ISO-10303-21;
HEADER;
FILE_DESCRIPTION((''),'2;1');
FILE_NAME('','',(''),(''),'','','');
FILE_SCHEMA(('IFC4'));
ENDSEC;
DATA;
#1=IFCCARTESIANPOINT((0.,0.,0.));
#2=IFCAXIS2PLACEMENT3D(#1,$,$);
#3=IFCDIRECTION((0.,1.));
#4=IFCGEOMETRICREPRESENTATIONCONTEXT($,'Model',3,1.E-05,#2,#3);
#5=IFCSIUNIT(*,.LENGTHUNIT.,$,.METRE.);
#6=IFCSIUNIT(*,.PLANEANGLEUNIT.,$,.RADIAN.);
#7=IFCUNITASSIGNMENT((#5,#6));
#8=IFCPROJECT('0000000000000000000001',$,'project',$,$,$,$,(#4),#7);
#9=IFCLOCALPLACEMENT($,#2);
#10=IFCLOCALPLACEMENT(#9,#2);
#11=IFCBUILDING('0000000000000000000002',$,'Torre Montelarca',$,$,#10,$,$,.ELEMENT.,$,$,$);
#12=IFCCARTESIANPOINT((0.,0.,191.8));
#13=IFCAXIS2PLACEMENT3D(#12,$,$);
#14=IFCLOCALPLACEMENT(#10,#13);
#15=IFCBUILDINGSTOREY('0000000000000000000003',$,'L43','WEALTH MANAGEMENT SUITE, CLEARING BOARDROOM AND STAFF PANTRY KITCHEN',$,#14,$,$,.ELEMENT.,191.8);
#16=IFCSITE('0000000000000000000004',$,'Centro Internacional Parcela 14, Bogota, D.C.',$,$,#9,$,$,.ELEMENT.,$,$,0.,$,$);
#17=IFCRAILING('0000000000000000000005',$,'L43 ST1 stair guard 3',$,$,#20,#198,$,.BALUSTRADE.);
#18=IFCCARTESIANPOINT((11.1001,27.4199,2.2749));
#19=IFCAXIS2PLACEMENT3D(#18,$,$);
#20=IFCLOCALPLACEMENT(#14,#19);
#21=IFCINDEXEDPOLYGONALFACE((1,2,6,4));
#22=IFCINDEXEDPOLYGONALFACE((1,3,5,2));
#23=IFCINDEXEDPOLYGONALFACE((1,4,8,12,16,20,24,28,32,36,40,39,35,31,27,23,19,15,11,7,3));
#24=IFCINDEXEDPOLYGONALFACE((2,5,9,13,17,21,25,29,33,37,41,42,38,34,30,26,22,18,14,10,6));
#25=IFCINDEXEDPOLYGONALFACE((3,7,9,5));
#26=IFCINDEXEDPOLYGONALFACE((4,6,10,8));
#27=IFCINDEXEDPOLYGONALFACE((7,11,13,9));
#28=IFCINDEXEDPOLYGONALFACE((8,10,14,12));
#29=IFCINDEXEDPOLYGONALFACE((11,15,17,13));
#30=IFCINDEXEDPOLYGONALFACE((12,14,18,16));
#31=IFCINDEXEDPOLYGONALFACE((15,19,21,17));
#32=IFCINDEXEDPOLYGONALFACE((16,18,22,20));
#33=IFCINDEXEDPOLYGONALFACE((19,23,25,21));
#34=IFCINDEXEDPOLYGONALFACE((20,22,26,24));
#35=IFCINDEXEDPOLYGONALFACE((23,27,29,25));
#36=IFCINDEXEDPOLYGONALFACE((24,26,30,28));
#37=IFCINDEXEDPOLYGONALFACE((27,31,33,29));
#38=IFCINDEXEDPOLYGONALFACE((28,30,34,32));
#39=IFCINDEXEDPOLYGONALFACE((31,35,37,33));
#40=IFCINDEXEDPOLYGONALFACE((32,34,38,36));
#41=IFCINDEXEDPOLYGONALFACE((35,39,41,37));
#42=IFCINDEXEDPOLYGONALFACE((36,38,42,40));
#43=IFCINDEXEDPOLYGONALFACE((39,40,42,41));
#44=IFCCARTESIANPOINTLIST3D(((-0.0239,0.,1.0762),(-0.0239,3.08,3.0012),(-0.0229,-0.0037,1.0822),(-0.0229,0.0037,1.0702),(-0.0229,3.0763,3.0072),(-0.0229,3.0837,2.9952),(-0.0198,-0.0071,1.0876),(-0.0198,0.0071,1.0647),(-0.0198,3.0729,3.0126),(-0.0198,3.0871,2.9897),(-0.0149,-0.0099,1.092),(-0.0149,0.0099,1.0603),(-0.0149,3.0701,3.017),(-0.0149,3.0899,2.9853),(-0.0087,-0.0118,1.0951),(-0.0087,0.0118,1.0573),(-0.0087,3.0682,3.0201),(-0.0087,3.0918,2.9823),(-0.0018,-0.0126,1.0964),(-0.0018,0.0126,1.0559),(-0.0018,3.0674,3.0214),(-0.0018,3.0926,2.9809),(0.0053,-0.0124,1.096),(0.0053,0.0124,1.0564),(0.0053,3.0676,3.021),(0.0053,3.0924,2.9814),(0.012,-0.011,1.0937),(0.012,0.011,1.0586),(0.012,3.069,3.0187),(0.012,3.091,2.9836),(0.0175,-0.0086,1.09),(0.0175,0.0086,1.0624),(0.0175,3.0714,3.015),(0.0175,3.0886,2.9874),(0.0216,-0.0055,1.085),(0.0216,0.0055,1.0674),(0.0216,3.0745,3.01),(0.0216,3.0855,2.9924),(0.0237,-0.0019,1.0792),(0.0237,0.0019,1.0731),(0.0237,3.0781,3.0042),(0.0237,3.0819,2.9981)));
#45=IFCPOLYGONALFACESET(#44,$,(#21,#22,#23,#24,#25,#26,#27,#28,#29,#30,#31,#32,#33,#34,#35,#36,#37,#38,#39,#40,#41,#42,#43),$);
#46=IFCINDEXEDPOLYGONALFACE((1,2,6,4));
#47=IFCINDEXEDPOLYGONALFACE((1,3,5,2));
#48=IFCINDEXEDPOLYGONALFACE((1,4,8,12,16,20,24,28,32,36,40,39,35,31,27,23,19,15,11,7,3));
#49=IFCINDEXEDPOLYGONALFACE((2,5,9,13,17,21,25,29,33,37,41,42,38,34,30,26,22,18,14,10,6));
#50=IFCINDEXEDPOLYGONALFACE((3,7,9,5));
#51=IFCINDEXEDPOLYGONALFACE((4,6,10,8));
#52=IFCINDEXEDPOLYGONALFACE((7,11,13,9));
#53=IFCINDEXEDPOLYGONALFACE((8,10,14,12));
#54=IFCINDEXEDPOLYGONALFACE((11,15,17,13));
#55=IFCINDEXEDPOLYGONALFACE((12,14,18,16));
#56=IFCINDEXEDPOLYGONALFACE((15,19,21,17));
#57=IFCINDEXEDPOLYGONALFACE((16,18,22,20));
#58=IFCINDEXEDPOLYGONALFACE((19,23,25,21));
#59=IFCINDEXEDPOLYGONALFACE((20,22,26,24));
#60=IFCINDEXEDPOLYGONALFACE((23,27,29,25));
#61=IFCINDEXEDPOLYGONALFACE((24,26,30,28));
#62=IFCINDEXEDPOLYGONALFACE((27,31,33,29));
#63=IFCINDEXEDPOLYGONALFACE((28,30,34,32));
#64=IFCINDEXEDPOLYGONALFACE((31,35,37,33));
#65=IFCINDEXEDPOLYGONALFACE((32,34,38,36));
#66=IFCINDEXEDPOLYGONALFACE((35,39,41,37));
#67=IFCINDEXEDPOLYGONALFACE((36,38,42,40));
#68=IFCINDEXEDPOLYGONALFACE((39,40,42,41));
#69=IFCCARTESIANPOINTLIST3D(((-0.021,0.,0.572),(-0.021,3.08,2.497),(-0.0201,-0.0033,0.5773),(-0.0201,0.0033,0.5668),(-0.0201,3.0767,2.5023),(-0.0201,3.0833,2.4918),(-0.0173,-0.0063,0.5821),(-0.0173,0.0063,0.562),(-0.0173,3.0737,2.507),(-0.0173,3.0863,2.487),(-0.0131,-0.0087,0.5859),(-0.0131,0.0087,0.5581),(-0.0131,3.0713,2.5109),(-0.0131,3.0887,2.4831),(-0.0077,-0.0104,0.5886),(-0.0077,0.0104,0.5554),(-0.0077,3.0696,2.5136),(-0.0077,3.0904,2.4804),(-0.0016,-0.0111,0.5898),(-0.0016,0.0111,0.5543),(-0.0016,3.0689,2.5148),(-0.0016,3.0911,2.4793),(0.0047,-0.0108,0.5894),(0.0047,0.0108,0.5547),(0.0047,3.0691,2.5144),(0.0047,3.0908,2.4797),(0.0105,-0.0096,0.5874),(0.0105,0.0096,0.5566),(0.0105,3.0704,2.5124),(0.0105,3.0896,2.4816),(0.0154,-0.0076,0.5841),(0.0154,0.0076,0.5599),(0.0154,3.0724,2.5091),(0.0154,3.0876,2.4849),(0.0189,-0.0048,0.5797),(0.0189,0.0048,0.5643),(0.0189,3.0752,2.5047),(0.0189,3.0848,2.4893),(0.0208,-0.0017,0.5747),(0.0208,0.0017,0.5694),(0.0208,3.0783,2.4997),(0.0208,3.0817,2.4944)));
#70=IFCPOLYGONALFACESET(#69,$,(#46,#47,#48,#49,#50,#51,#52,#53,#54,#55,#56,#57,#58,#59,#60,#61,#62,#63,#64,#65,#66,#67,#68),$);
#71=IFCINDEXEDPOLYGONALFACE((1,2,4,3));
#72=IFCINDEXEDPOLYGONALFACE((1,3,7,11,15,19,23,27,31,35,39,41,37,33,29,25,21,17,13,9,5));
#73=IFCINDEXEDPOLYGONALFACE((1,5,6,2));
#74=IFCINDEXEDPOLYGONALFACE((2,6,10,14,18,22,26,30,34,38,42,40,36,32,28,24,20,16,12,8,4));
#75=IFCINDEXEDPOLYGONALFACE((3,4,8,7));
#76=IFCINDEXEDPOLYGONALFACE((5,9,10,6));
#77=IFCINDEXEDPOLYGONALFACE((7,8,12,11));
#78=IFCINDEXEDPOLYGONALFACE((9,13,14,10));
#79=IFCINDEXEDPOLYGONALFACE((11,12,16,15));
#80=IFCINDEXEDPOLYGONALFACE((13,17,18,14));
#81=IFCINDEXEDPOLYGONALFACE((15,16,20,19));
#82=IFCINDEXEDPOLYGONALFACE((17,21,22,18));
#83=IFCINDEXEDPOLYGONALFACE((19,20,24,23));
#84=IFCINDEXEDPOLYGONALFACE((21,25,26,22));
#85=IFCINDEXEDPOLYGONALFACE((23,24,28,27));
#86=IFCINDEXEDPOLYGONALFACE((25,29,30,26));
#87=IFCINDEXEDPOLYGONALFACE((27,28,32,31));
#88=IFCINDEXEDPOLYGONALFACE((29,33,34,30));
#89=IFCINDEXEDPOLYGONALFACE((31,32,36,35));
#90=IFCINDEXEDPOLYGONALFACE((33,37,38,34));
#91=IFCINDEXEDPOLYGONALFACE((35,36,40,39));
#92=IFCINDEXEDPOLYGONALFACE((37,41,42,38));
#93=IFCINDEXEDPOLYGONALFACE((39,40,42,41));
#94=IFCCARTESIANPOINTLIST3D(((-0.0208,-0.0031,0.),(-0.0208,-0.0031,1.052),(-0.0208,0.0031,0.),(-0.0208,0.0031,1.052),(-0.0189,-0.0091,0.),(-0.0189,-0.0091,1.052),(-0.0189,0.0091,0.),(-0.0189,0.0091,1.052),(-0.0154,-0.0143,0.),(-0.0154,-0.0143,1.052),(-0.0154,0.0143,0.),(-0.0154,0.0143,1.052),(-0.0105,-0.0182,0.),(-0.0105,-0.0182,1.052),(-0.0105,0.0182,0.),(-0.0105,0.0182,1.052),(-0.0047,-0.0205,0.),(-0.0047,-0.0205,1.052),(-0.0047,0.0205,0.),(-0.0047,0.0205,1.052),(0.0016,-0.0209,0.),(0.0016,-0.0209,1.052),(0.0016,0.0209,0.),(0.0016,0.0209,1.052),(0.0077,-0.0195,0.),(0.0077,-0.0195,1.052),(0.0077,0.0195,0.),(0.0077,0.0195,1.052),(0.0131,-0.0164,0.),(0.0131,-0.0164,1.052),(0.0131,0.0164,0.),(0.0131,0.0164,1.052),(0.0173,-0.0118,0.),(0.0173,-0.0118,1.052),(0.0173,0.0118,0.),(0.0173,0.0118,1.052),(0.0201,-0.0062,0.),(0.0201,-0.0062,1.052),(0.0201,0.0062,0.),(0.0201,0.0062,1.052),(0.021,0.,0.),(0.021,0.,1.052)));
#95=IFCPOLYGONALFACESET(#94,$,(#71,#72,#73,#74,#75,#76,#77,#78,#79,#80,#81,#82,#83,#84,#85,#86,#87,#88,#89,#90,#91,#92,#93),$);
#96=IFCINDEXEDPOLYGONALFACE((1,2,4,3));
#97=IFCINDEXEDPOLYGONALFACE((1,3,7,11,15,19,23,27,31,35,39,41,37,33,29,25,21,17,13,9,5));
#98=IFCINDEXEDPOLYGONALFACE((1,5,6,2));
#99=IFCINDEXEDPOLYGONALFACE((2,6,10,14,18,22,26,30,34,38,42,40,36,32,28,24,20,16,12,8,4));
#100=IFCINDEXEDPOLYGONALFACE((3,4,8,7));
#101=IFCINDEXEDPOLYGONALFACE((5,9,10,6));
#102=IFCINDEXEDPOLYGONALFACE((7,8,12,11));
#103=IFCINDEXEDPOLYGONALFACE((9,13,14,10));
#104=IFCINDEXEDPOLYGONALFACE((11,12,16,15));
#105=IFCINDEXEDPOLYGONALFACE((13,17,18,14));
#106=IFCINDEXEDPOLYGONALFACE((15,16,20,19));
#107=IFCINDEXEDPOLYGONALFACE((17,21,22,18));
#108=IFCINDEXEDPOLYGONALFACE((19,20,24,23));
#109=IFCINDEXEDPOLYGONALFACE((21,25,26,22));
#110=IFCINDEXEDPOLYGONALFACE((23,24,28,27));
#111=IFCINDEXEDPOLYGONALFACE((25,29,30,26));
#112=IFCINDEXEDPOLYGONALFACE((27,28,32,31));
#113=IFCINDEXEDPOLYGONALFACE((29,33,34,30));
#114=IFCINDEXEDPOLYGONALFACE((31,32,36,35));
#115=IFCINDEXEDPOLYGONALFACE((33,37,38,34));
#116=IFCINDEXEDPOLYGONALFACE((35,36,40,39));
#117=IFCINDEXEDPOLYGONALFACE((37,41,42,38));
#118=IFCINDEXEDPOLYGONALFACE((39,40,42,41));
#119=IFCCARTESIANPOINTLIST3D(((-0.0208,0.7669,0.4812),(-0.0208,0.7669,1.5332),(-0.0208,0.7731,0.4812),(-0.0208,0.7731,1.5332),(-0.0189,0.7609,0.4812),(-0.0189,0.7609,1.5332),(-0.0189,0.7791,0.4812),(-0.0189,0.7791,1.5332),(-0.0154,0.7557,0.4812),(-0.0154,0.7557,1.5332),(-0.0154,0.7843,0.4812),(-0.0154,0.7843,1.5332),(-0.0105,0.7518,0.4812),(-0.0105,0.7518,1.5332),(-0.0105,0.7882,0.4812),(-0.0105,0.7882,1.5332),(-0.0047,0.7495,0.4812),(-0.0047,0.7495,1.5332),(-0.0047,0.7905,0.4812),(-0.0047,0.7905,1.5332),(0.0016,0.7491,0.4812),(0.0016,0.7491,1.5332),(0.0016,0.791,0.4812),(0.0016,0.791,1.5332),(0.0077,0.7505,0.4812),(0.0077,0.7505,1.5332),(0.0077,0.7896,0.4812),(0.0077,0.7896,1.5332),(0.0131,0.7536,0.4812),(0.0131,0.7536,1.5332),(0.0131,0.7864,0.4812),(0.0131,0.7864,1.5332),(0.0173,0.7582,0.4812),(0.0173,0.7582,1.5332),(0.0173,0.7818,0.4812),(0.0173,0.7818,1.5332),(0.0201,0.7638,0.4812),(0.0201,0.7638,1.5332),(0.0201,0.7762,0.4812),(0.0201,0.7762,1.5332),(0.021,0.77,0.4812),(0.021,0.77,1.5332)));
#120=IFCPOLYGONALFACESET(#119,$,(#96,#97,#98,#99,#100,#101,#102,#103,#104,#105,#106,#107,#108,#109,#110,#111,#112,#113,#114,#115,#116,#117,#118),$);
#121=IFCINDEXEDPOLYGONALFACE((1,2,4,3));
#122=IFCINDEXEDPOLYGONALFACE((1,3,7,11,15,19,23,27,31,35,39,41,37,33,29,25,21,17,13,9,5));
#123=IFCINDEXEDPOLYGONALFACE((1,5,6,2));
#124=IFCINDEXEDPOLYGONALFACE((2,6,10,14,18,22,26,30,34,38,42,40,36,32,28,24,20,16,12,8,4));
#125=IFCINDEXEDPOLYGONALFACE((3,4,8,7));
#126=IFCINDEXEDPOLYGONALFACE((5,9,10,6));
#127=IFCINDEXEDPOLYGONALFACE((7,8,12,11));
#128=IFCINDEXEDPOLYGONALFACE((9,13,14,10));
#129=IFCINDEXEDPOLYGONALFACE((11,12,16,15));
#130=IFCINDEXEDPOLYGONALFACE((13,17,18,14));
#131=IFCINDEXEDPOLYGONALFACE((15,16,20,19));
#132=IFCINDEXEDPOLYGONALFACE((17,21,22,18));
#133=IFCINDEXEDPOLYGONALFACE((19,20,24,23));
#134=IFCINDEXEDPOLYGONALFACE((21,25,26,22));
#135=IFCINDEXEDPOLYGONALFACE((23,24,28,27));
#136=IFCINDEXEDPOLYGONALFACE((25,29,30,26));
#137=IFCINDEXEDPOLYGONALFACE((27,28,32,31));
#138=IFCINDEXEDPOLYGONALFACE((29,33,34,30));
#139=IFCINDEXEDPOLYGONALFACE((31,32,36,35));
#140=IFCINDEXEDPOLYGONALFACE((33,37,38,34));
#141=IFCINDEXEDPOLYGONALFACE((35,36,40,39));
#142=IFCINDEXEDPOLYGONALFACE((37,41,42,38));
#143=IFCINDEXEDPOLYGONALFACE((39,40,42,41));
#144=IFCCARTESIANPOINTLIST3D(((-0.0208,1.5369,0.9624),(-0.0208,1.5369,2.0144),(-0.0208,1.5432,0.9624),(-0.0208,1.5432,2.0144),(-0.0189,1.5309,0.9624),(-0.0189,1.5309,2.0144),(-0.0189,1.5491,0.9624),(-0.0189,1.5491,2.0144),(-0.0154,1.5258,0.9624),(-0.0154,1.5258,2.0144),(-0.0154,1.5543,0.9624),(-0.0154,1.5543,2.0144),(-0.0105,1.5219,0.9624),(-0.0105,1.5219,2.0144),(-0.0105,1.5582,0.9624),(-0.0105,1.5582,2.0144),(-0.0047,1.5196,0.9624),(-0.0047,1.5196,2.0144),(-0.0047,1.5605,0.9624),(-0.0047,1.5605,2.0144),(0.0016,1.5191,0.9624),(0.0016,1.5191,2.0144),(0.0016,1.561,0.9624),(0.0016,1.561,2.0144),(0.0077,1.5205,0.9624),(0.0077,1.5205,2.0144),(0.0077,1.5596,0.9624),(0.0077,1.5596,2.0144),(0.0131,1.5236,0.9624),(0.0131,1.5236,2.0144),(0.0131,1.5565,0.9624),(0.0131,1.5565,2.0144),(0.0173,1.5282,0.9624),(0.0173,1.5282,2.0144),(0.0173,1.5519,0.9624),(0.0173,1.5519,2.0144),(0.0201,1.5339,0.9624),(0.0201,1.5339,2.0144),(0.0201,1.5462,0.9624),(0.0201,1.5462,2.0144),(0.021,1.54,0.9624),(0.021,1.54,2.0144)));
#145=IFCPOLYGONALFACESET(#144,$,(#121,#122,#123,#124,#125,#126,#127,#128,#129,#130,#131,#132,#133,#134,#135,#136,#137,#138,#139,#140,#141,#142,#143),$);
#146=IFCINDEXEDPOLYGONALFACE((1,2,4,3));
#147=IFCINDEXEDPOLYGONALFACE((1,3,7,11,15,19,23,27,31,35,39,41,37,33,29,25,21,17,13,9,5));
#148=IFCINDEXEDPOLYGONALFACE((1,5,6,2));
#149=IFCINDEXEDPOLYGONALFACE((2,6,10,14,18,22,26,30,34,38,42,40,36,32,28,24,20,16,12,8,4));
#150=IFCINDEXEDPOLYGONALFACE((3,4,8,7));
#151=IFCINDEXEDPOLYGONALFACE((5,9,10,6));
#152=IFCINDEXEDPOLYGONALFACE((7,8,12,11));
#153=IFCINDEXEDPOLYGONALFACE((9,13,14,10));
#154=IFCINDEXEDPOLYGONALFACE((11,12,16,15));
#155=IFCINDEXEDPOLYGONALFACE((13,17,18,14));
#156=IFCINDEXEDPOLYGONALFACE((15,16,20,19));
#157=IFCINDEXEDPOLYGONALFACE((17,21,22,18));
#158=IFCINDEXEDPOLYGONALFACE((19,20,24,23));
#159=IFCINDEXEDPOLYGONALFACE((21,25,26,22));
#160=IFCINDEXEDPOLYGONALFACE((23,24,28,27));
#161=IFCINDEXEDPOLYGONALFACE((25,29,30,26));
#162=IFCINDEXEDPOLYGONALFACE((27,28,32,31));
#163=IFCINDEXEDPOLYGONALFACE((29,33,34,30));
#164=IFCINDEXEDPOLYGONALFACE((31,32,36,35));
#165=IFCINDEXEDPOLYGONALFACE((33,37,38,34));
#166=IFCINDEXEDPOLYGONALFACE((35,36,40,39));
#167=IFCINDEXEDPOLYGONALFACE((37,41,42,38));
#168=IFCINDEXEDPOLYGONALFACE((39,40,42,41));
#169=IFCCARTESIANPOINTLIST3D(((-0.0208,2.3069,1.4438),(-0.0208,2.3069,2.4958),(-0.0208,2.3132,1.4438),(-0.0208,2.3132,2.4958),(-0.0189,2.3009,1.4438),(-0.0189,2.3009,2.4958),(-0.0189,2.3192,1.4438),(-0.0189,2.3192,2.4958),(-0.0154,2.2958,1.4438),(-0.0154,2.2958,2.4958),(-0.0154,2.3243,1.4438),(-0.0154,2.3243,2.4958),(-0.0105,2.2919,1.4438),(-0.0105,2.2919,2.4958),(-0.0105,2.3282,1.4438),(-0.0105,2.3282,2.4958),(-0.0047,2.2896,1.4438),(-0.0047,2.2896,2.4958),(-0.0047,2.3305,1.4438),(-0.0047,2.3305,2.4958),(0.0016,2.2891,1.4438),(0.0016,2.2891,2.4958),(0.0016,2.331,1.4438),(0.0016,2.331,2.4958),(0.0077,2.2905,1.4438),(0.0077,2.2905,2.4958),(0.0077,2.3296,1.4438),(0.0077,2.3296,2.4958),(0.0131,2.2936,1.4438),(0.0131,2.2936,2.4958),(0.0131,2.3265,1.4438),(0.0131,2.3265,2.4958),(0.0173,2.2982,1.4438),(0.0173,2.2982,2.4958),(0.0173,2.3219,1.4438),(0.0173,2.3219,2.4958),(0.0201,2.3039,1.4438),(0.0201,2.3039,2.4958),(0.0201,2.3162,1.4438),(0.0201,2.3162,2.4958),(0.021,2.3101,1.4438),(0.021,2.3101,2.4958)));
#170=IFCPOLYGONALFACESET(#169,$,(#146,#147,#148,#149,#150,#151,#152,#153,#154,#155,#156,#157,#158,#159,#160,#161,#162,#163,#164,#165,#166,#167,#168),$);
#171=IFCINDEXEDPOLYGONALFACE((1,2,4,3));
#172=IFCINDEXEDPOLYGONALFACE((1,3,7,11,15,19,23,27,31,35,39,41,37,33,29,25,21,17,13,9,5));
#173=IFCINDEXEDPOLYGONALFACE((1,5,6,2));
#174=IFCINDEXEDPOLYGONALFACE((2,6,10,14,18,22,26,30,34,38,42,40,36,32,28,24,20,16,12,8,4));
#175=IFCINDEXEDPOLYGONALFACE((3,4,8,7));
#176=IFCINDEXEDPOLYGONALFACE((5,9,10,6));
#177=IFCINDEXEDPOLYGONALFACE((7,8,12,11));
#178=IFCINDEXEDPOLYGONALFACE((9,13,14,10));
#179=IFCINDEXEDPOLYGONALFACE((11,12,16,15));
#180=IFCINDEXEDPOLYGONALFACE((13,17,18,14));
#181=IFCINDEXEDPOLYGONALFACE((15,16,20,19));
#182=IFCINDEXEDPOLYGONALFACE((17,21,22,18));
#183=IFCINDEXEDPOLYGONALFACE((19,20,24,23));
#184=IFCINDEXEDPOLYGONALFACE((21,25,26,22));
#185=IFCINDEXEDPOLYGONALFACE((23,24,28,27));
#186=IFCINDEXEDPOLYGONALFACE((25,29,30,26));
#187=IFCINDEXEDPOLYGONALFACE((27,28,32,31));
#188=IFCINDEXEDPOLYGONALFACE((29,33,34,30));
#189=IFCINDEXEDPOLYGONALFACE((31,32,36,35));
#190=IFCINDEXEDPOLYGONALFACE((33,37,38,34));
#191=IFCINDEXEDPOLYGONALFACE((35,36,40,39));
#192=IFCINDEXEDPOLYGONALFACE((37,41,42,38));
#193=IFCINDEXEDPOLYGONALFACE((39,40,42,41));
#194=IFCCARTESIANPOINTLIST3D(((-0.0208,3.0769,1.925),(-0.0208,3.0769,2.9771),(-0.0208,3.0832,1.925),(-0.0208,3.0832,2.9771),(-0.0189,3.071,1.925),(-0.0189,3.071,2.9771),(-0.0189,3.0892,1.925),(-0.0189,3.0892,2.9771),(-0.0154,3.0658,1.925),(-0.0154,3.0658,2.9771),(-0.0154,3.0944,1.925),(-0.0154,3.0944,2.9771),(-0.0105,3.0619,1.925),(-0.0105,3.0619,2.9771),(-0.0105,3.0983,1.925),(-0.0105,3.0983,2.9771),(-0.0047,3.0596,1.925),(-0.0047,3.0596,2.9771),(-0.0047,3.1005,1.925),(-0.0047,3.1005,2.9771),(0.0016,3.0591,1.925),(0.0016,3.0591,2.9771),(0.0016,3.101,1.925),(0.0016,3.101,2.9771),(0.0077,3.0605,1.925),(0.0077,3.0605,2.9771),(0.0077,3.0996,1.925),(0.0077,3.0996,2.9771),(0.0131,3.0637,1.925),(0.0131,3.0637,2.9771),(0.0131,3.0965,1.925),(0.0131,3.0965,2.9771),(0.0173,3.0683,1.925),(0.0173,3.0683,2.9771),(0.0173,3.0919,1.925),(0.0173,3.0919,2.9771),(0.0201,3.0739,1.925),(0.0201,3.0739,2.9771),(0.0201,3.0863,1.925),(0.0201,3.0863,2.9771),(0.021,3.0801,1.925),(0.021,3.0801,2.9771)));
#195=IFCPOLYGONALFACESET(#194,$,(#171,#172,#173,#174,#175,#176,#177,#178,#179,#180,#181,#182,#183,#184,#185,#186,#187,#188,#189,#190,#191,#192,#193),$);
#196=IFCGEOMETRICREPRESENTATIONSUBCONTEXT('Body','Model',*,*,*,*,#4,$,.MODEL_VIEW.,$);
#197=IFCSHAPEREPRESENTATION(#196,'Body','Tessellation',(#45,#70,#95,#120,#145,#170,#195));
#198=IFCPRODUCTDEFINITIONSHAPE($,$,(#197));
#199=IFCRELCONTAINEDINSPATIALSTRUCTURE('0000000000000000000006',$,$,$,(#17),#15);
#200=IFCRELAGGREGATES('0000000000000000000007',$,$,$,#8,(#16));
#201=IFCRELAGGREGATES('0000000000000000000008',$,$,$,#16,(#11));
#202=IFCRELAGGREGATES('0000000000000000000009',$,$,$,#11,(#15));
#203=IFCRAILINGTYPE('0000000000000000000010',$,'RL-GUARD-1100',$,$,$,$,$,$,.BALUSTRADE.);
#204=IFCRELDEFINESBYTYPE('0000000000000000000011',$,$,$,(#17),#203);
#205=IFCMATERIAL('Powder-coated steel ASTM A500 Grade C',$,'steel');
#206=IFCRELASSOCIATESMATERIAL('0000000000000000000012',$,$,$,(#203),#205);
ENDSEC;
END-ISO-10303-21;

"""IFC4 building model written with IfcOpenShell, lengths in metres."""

from ifc_helpers import new_model, si_unit, direction, frame, origin, origin_2d, place, context, subcontext, project, spatial, circle, extrude, material, type_object, element, save


model = new_model("IFC4")

# Units and contexts
model_context = context("Model", 3, precision=1e-05, world=origin(), true_north=direction((0.0, 1.0)))
body_context = subcontext(model_context, "Body", "Model", "MODEL_VIEW")
ifc_project = project(units=[si_unit("LENGTHUNIT", "METRE"), si_unit("PLANEANGLEUNIT", "RADIAN")], contexts=[model_context])

# Site, building, storey
site_placement = place(None, origin())
site = spatial("IfcSite", under=ifc_project, at=site_placement, Name="Centro Internacional Parcela 14, Bogota, D.C.", CompositionType="ELEMENT", RefElevation=0.0)
building_placement = place(site_placement, origin())
building = spatial("IfcBuilding", under=site, at=building_placement, Name="Torre Montelarca", CompositionType="ELEMENT")
storey_placement = place(building_placement, frame((0.0, 0.0, 191.8)))
storey = spatial("IfcBuildingStorey", under=building, at=storey_placement, Name="L43", Description="WEALTH MANAGEMENT SUITE, CLEARING BOARDROOM AND STAFF PANTRY KITCHEN", CompositionType="ELEMENT", Elevation=191.8)

# Railing
ifc_material_1 = material(Name="Powder-coated steel ASTM A500 Grade C", Category="steel")
railing_type_1 = type_object("IfcRailingType", Name="RL-GUARD-1100", PredefinedType="BALUSTRADE", material=ifc_material_1)
railing_1_placement = place(storey_placement, frame((11.1001, 27.4199, 2.2749)))
element("IfcRailing", 1, at=railing_1_placement, inside=storey, type_object=railing_type_1, Name="L43 ST1 stair guard 3", PredefinedType="BALUSTRADE", context=body_context, shape_type="SweptSolid", body=[
    extrude(circle(Radius=0.0239, at=origin_2d()), frame((0.0, 0.0, 1.0762), z_axis=(0.0, 0.847998, 0.529999), x_axis=(-1.0, 0.0, 0.0)), (0.0, 0.0, 1.0), 3.6321),
    extrude(circle(Radius=0.021, at=origin_2d()), frame((0.0, 0.0, 0.572), z_axis=(0.0, 0.847998, 0.529999), x_axis=(-1.0, 0.0, 0.0)), (0.0, 0.0, 1.0), 3.6321),
    extrude(circle(Radius=0.021, at=origin_2d()), origin(), (0.0, 0.0, 1.0), 1.052),
    extrude(circle(Radius=0.021, at=origin_2d()), frame((0.0, 0.77, 0.4812)), (0.0, 0.0, 1.0), 1.052),
    extrude(circle(Radius=0.021, at=origin_2d()), frame((0.0, 1.54, 0.9624)), (0.0, 0.0, 1.0), 1.052),
    extrude(circle(Radius=0.021, at=origin_2d()), frame((0.0, 2.3101, 1.4438)), (0.0, 0.0, 1.0), 1.052),
    extrude(circle(Radius=0.021, at=origin_2d()), frame((0.0, 3.0801, 1.925)), (0.0, 0.0, 1.0), 1.052),
])

save(model, "model.ifc")
